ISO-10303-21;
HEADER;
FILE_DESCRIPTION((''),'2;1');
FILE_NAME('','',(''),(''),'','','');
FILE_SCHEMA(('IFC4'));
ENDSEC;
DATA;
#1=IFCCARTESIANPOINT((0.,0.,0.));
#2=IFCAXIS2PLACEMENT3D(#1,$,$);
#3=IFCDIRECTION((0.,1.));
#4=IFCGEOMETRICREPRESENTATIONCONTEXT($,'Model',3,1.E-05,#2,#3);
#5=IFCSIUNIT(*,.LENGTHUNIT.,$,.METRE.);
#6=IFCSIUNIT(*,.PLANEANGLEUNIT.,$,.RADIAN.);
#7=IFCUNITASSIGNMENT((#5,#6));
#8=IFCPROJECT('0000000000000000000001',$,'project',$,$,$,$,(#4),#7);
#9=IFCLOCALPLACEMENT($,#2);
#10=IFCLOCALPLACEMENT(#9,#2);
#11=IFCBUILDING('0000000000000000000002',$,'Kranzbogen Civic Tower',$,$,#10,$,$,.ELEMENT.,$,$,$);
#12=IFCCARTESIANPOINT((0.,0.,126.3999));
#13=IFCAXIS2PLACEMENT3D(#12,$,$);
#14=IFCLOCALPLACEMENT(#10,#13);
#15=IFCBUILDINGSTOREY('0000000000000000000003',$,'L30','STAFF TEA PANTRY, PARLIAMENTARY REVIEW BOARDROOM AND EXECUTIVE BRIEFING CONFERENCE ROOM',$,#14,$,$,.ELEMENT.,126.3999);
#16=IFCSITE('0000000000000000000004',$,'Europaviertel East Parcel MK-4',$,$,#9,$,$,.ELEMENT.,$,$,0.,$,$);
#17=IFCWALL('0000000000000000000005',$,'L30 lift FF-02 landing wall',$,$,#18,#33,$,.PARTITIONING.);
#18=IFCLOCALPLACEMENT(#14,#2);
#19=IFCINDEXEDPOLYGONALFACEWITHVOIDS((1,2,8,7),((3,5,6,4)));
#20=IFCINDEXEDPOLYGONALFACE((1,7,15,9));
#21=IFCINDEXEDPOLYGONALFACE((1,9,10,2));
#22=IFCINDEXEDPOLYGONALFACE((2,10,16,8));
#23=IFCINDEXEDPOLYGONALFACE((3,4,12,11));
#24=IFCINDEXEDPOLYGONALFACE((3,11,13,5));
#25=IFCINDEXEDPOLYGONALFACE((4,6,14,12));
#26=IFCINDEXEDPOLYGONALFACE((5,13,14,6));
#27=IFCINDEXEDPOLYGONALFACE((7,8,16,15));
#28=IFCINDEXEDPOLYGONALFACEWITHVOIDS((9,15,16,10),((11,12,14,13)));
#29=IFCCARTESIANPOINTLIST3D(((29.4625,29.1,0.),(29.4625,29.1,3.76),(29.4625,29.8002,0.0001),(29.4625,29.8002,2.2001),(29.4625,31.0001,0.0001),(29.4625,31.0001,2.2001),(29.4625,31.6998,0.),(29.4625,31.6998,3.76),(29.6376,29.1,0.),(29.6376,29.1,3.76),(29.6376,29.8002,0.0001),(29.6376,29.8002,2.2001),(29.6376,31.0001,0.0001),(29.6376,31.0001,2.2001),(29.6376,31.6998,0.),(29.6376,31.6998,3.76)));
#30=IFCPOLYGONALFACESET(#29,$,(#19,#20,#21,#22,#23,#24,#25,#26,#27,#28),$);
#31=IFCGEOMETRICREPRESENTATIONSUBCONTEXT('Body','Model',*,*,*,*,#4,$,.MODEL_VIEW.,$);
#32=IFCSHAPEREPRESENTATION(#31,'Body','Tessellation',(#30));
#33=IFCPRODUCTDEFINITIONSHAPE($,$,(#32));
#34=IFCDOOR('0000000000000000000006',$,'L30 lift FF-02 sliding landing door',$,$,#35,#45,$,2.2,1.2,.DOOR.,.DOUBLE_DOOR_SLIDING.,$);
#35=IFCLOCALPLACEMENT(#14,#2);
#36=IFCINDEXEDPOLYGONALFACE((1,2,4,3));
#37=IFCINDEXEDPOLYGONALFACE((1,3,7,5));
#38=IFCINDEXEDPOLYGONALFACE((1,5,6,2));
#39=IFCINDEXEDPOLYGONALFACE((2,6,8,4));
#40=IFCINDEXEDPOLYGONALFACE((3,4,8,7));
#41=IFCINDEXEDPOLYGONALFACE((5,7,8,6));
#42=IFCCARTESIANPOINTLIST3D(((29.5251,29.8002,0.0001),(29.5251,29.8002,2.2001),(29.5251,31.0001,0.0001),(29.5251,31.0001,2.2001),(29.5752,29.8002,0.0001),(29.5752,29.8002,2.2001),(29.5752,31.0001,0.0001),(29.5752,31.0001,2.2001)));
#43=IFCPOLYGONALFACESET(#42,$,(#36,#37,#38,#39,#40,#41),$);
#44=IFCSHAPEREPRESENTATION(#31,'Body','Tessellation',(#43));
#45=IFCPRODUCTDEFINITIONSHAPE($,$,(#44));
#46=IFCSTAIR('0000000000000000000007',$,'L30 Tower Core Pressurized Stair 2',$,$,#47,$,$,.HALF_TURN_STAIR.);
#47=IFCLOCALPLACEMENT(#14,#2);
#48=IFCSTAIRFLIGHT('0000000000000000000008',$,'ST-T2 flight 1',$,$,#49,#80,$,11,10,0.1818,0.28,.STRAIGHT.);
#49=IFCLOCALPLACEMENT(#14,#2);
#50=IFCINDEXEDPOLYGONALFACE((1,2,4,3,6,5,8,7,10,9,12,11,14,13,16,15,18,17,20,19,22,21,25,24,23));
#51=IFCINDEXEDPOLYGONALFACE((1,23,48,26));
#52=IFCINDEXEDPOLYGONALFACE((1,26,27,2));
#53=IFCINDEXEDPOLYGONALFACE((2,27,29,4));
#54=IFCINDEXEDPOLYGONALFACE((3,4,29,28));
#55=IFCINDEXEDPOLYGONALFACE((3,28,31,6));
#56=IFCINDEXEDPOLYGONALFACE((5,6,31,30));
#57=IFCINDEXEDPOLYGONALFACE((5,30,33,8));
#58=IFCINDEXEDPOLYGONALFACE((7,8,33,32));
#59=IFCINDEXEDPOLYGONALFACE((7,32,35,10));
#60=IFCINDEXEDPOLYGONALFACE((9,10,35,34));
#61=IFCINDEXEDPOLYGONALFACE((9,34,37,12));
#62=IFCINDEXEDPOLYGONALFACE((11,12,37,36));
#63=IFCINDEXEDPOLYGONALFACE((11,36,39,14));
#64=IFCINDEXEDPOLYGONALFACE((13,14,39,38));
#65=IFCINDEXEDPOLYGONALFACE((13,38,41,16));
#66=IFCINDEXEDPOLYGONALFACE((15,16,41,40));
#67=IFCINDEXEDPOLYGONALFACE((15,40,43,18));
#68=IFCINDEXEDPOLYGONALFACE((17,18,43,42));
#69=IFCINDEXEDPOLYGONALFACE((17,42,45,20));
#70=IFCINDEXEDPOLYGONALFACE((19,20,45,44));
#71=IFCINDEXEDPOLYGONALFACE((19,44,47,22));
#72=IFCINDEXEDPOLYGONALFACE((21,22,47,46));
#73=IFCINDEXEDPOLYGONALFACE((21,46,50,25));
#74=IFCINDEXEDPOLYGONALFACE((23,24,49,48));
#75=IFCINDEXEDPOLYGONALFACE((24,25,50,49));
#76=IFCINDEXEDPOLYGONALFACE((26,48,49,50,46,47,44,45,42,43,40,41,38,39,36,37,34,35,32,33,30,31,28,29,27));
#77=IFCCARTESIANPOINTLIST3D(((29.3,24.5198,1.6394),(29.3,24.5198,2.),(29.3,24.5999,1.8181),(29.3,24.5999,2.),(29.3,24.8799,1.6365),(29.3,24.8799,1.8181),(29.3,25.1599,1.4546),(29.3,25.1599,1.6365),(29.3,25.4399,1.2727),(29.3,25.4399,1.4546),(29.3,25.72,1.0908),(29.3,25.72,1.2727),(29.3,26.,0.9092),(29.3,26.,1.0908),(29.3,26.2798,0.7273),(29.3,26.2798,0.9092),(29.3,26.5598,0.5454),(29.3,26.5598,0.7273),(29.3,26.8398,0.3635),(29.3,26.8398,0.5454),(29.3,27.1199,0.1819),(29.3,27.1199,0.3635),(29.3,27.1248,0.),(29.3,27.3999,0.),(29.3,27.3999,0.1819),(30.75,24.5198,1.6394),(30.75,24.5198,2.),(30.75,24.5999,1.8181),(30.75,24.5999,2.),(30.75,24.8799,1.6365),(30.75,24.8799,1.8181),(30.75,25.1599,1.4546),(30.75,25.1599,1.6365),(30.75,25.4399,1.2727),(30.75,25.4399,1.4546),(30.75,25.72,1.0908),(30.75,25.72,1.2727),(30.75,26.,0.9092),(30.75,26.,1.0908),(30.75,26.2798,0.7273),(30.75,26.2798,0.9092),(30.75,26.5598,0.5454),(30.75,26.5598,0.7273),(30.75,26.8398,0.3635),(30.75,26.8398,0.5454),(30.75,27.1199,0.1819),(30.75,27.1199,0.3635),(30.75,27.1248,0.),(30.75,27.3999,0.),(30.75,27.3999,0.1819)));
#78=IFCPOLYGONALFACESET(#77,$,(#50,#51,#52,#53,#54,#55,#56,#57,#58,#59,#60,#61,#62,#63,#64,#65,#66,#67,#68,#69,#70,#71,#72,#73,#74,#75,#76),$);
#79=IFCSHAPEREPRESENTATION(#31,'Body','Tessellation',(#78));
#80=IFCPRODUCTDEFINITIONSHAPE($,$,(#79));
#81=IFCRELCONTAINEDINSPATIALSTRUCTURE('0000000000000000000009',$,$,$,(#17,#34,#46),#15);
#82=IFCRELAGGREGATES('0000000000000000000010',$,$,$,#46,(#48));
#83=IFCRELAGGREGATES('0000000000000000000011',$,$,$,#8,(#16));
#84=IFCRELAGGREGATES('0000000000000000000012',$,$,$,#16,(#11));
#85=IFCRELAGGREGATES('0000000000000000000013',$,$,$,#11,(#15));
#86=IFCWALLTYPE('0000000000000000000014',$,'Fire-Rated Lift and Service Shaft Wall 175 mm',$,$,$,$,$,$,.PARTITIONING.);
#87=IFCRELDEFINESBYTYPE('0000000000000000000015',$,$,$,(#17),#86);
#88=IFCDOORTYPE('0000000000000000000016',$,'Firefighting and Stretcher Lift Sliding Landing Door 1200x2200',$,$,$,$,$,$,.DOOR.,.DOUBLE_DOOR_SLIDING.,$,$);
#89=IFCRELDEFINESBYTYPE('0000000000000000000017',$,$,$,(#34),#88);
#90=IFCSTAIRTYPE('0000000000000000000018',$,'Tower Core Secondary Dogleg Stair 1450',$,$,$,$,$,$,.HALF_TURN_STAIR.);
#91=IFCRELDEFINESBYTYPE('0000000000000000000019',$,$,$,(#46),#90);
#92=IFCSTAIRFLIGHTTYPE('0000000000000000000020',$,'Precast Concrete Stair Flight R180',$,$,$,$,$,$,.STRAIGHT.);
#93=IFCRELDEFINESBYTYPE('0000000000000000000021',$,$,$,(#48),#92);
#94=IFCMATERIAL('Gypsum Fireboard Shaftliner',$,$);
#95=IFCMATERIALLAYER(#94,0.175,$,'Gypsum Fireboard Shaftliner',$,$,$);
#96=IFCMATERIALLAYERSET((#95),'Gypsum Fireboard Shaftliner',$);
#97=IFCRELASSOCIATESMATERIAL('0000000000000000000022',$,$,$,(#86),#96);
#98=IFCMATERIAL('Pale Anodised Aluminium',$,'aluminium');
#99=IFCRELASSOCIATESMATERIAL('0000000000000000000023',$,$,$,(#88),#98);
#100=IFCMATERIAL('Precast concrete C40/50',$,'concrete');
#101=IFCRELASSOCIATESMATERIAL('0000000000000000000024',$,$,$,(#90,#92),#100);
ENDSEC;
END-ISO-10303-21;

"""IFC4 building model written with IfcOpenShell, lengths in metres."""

from ifc_helpers import new_model, si_unit, direction, frame, frame_2d, origin, place, context, subcontext, project, spatial, polyline, rectangle, outline, extrude, material, layer, layer_set, type_object, element, fill, aggregate, save


model = new_model("IFC4")

# Units and contexts
model_context = context("Model", 3, precision=1e-05, world=origin(), true_north=direction((0.0, 1.0)))
body_context = subcontext(model_context, "Body", "Model", "MODEL_VIEW")
ifc_project = project(units=[si_unit("LENGTHUNIT", "METRE"), si_unit("PLANEANGLEUNIT", "RADIAN")], contexts=[model_context])

# Site, building, storey
site_placement = place(None, origin())
site = spatial("IfcSite", under=ifc_project, at=site_placement, Name="Europaviertel East Parcel MK-4", CompositionType="ELEMENT", RefElevation=0.0)
building_placement = place(site_placement, origin())
building = spatial("IfcBuilding", under=site, at=building_placement, Name="Kranzbogen Civic Tower", CompositionType="ELEMENT")
storey_placement = place(building_placement, frame((0.0, 0.0, 126.3999)))
storey = spatial("IfcBuildingStorey", under=building, at=storey_placement, Name="L30", Description="STAFF TEA PANTRY, PARLIAMENTARY REVIEW BOARDROOM AND EXECUTIVE BRIEFING CONFERENCE ROOM", CompositionType="ELEMENT", Elevation=126.3999)

# Shared definitions
ifc_material_1 = material(Name="Pale Anodised Aluminium", Category="aluminium")

# Shared definitions
ifc_material_2 = material(Name="Gypsum Fireboard Shaftliner")
ifc_layer_1 = layer(ifc_material_2, 0.175, Name="Gypsum Fireboard Shaftliner")
ifc_layer_set_1 = layer_set([ifc_layer_1], Name="Gypsum Fireboard Shaftliner")
wall_type_1 = type_object("IfcWallType", Name="Fire-Rated Lift and Service Shaft Wall 175 mm", PredefinedType="PARTITIONING", material=ifc_layer_set_1)

# Wall, opening, door
wall_1_placement = place(storey_placement, frame((29.55, 29.1001, 0.0), z_axis=(0.0, 0.0, 1.0), x_axis=(0.0, 1.0, 0.0)))
wall_1 = element("IfcWall", 1, at=wall_1_placement, inside=storey, type_object=wall_type_1, Name="L30 lift FF-02 landing wall", PredefinedType="PARTITIONING", context=body_context, shape_type="SweptSolid", body=[
    extrude(rectangle(XDim=2.5999, YDim=0.175, at=frame_2d((1.2998, 0.0))), origin(), (0.0, 0.0, 1.0), 3.76),
])
opening_1_placement = place(wall_1_placement, frame((0.7, 0.0, 0.0)))
opening_1 = element("IfcOpeningElement", 2, at=opening_1_placement, cuts=wall_1, PredefinedType="OPENING", context=body_context, shape_type="SweptSolid", body=[
    extrude(rectangle(XDim=1.2, YDim=2.2, at=frame_2d((0.6001, 1.1001))), frame((0.0, 0.0977, 0.0), z_axis=(0.0, -1.0, 0.0), x_axis=(1.0, 0.0, 0.0)), (0.0, 0.0, 1.0), 0.1951),
])
door_type_1 = type_object("IfcDoorType", Name="Firefighting and Stretcher Lift Sliding Landing Door 1200x2200", OperationType="DOUBLE_DOOR_SLIDING", PredefinedType="DOOR", material=ifc_material_1)
door_1_placement = place(opening_1_placement, origin())
door_1 = element("IfcDoor", 3, at=door_1_placement, inside=storey, type_object=door_type_1, Name="L30 lift FF-02 sliding landing door", OperationType="DOUBLE_DOOR_SLIDING", OverallHeight=2.2, OverallWidth=1.2, PredefinedType="DOOR", context=body_context, shape_type="SweptSolid", body=[
    extrude(rectangle(XDim=1.2, YDim=2.2, at=frame_2d((0.6001, 1.1001))), frame((0.0, 0.0249, 0.0), z_axis=(0.0, -1.0, 0.0), x_axis=(1.0, 0.0, 0.0)), (0.0, 0.0, 1.0), 0.05),
])
fill(opening_1, door_1)

# Stair, stair flight
ifc_material_3 = material(Name="Precast concrete C40/50", Category="concrete")
stair_type = type_object("IfcStairType", Name="Tower Core Secondary Dogleg Stair 1450", PredefinedType="HALF_TURN_STAIR", material=ifc_material_3)
stair_placement = place(storey_placement, origin())
stair = element("IfcStair", 4, at=stair_placement, inside=storey, type_object=stair_type, Name="L30 Tower Core Pressurized Stair 2", PredefinedType="HALF_TURN_STAIR")
stair_flight_type = type_object("IfcStairFlightType", Name="Precast Concrete Stair Flight R180", PredefinedType="STRAIGHT", material=ifc_material_3)
stair_flight_placement = place(storey_placement, frame((30.0249, 27.3999, 0.0), z_axis=(0.0, 0.0, 1.0), x_axis=(0.0, -1.0, 0.0)))
stair_flight = element("IfcStairFlight", 5, at=stair_flight_placement, type_object=stair_flight_type, Name="ST-T2 flight 1", NumberOfRisers=11, NumberOfTreads=10, PredefinedType="STRAIGHT", RiserHeight=0.1818, TreadLength=0.28, context=body_context, shape_type="SweptSolid", body=[
    extrude(outline(polyline([(0.0, 0.0), (0.0, 0.1819), (0.28, 0.1819), (0.28, 0.3635), (0.5601, 0.3635), (0.5601, 0.5454), (0.8401, 0.5454), (0.8401, 0.7273), (1.1201, 0.7273), (1.1201, 0.9092), (1.3999, 0.9092), (1.3999, 1.0908), (1.6799, 1.0908), (1.6799, 1.2727), (1.96, 1.2727), (1.96, 1.4546), (2.24, 1.4546), (2.24, 1.6365), (2.52, 1.6365), (2.52, 1.8181), (2.8, 1.8181), (2.8, 2.0), (2.8801, 2.0), (2.8801, 1.6394), (0.2751, 0.0), (0.0, 0.0)])), frame((0.0, 0.7251, 0.0), z_axis=(0.0, -1.0, 0.0), x_axis=(1.0, 0.0, 0.0)), (0.0, 0.0, 1.0), 1.45),
])
aggregate(stair, [stair_flight])

save(model, "model.ifc")
